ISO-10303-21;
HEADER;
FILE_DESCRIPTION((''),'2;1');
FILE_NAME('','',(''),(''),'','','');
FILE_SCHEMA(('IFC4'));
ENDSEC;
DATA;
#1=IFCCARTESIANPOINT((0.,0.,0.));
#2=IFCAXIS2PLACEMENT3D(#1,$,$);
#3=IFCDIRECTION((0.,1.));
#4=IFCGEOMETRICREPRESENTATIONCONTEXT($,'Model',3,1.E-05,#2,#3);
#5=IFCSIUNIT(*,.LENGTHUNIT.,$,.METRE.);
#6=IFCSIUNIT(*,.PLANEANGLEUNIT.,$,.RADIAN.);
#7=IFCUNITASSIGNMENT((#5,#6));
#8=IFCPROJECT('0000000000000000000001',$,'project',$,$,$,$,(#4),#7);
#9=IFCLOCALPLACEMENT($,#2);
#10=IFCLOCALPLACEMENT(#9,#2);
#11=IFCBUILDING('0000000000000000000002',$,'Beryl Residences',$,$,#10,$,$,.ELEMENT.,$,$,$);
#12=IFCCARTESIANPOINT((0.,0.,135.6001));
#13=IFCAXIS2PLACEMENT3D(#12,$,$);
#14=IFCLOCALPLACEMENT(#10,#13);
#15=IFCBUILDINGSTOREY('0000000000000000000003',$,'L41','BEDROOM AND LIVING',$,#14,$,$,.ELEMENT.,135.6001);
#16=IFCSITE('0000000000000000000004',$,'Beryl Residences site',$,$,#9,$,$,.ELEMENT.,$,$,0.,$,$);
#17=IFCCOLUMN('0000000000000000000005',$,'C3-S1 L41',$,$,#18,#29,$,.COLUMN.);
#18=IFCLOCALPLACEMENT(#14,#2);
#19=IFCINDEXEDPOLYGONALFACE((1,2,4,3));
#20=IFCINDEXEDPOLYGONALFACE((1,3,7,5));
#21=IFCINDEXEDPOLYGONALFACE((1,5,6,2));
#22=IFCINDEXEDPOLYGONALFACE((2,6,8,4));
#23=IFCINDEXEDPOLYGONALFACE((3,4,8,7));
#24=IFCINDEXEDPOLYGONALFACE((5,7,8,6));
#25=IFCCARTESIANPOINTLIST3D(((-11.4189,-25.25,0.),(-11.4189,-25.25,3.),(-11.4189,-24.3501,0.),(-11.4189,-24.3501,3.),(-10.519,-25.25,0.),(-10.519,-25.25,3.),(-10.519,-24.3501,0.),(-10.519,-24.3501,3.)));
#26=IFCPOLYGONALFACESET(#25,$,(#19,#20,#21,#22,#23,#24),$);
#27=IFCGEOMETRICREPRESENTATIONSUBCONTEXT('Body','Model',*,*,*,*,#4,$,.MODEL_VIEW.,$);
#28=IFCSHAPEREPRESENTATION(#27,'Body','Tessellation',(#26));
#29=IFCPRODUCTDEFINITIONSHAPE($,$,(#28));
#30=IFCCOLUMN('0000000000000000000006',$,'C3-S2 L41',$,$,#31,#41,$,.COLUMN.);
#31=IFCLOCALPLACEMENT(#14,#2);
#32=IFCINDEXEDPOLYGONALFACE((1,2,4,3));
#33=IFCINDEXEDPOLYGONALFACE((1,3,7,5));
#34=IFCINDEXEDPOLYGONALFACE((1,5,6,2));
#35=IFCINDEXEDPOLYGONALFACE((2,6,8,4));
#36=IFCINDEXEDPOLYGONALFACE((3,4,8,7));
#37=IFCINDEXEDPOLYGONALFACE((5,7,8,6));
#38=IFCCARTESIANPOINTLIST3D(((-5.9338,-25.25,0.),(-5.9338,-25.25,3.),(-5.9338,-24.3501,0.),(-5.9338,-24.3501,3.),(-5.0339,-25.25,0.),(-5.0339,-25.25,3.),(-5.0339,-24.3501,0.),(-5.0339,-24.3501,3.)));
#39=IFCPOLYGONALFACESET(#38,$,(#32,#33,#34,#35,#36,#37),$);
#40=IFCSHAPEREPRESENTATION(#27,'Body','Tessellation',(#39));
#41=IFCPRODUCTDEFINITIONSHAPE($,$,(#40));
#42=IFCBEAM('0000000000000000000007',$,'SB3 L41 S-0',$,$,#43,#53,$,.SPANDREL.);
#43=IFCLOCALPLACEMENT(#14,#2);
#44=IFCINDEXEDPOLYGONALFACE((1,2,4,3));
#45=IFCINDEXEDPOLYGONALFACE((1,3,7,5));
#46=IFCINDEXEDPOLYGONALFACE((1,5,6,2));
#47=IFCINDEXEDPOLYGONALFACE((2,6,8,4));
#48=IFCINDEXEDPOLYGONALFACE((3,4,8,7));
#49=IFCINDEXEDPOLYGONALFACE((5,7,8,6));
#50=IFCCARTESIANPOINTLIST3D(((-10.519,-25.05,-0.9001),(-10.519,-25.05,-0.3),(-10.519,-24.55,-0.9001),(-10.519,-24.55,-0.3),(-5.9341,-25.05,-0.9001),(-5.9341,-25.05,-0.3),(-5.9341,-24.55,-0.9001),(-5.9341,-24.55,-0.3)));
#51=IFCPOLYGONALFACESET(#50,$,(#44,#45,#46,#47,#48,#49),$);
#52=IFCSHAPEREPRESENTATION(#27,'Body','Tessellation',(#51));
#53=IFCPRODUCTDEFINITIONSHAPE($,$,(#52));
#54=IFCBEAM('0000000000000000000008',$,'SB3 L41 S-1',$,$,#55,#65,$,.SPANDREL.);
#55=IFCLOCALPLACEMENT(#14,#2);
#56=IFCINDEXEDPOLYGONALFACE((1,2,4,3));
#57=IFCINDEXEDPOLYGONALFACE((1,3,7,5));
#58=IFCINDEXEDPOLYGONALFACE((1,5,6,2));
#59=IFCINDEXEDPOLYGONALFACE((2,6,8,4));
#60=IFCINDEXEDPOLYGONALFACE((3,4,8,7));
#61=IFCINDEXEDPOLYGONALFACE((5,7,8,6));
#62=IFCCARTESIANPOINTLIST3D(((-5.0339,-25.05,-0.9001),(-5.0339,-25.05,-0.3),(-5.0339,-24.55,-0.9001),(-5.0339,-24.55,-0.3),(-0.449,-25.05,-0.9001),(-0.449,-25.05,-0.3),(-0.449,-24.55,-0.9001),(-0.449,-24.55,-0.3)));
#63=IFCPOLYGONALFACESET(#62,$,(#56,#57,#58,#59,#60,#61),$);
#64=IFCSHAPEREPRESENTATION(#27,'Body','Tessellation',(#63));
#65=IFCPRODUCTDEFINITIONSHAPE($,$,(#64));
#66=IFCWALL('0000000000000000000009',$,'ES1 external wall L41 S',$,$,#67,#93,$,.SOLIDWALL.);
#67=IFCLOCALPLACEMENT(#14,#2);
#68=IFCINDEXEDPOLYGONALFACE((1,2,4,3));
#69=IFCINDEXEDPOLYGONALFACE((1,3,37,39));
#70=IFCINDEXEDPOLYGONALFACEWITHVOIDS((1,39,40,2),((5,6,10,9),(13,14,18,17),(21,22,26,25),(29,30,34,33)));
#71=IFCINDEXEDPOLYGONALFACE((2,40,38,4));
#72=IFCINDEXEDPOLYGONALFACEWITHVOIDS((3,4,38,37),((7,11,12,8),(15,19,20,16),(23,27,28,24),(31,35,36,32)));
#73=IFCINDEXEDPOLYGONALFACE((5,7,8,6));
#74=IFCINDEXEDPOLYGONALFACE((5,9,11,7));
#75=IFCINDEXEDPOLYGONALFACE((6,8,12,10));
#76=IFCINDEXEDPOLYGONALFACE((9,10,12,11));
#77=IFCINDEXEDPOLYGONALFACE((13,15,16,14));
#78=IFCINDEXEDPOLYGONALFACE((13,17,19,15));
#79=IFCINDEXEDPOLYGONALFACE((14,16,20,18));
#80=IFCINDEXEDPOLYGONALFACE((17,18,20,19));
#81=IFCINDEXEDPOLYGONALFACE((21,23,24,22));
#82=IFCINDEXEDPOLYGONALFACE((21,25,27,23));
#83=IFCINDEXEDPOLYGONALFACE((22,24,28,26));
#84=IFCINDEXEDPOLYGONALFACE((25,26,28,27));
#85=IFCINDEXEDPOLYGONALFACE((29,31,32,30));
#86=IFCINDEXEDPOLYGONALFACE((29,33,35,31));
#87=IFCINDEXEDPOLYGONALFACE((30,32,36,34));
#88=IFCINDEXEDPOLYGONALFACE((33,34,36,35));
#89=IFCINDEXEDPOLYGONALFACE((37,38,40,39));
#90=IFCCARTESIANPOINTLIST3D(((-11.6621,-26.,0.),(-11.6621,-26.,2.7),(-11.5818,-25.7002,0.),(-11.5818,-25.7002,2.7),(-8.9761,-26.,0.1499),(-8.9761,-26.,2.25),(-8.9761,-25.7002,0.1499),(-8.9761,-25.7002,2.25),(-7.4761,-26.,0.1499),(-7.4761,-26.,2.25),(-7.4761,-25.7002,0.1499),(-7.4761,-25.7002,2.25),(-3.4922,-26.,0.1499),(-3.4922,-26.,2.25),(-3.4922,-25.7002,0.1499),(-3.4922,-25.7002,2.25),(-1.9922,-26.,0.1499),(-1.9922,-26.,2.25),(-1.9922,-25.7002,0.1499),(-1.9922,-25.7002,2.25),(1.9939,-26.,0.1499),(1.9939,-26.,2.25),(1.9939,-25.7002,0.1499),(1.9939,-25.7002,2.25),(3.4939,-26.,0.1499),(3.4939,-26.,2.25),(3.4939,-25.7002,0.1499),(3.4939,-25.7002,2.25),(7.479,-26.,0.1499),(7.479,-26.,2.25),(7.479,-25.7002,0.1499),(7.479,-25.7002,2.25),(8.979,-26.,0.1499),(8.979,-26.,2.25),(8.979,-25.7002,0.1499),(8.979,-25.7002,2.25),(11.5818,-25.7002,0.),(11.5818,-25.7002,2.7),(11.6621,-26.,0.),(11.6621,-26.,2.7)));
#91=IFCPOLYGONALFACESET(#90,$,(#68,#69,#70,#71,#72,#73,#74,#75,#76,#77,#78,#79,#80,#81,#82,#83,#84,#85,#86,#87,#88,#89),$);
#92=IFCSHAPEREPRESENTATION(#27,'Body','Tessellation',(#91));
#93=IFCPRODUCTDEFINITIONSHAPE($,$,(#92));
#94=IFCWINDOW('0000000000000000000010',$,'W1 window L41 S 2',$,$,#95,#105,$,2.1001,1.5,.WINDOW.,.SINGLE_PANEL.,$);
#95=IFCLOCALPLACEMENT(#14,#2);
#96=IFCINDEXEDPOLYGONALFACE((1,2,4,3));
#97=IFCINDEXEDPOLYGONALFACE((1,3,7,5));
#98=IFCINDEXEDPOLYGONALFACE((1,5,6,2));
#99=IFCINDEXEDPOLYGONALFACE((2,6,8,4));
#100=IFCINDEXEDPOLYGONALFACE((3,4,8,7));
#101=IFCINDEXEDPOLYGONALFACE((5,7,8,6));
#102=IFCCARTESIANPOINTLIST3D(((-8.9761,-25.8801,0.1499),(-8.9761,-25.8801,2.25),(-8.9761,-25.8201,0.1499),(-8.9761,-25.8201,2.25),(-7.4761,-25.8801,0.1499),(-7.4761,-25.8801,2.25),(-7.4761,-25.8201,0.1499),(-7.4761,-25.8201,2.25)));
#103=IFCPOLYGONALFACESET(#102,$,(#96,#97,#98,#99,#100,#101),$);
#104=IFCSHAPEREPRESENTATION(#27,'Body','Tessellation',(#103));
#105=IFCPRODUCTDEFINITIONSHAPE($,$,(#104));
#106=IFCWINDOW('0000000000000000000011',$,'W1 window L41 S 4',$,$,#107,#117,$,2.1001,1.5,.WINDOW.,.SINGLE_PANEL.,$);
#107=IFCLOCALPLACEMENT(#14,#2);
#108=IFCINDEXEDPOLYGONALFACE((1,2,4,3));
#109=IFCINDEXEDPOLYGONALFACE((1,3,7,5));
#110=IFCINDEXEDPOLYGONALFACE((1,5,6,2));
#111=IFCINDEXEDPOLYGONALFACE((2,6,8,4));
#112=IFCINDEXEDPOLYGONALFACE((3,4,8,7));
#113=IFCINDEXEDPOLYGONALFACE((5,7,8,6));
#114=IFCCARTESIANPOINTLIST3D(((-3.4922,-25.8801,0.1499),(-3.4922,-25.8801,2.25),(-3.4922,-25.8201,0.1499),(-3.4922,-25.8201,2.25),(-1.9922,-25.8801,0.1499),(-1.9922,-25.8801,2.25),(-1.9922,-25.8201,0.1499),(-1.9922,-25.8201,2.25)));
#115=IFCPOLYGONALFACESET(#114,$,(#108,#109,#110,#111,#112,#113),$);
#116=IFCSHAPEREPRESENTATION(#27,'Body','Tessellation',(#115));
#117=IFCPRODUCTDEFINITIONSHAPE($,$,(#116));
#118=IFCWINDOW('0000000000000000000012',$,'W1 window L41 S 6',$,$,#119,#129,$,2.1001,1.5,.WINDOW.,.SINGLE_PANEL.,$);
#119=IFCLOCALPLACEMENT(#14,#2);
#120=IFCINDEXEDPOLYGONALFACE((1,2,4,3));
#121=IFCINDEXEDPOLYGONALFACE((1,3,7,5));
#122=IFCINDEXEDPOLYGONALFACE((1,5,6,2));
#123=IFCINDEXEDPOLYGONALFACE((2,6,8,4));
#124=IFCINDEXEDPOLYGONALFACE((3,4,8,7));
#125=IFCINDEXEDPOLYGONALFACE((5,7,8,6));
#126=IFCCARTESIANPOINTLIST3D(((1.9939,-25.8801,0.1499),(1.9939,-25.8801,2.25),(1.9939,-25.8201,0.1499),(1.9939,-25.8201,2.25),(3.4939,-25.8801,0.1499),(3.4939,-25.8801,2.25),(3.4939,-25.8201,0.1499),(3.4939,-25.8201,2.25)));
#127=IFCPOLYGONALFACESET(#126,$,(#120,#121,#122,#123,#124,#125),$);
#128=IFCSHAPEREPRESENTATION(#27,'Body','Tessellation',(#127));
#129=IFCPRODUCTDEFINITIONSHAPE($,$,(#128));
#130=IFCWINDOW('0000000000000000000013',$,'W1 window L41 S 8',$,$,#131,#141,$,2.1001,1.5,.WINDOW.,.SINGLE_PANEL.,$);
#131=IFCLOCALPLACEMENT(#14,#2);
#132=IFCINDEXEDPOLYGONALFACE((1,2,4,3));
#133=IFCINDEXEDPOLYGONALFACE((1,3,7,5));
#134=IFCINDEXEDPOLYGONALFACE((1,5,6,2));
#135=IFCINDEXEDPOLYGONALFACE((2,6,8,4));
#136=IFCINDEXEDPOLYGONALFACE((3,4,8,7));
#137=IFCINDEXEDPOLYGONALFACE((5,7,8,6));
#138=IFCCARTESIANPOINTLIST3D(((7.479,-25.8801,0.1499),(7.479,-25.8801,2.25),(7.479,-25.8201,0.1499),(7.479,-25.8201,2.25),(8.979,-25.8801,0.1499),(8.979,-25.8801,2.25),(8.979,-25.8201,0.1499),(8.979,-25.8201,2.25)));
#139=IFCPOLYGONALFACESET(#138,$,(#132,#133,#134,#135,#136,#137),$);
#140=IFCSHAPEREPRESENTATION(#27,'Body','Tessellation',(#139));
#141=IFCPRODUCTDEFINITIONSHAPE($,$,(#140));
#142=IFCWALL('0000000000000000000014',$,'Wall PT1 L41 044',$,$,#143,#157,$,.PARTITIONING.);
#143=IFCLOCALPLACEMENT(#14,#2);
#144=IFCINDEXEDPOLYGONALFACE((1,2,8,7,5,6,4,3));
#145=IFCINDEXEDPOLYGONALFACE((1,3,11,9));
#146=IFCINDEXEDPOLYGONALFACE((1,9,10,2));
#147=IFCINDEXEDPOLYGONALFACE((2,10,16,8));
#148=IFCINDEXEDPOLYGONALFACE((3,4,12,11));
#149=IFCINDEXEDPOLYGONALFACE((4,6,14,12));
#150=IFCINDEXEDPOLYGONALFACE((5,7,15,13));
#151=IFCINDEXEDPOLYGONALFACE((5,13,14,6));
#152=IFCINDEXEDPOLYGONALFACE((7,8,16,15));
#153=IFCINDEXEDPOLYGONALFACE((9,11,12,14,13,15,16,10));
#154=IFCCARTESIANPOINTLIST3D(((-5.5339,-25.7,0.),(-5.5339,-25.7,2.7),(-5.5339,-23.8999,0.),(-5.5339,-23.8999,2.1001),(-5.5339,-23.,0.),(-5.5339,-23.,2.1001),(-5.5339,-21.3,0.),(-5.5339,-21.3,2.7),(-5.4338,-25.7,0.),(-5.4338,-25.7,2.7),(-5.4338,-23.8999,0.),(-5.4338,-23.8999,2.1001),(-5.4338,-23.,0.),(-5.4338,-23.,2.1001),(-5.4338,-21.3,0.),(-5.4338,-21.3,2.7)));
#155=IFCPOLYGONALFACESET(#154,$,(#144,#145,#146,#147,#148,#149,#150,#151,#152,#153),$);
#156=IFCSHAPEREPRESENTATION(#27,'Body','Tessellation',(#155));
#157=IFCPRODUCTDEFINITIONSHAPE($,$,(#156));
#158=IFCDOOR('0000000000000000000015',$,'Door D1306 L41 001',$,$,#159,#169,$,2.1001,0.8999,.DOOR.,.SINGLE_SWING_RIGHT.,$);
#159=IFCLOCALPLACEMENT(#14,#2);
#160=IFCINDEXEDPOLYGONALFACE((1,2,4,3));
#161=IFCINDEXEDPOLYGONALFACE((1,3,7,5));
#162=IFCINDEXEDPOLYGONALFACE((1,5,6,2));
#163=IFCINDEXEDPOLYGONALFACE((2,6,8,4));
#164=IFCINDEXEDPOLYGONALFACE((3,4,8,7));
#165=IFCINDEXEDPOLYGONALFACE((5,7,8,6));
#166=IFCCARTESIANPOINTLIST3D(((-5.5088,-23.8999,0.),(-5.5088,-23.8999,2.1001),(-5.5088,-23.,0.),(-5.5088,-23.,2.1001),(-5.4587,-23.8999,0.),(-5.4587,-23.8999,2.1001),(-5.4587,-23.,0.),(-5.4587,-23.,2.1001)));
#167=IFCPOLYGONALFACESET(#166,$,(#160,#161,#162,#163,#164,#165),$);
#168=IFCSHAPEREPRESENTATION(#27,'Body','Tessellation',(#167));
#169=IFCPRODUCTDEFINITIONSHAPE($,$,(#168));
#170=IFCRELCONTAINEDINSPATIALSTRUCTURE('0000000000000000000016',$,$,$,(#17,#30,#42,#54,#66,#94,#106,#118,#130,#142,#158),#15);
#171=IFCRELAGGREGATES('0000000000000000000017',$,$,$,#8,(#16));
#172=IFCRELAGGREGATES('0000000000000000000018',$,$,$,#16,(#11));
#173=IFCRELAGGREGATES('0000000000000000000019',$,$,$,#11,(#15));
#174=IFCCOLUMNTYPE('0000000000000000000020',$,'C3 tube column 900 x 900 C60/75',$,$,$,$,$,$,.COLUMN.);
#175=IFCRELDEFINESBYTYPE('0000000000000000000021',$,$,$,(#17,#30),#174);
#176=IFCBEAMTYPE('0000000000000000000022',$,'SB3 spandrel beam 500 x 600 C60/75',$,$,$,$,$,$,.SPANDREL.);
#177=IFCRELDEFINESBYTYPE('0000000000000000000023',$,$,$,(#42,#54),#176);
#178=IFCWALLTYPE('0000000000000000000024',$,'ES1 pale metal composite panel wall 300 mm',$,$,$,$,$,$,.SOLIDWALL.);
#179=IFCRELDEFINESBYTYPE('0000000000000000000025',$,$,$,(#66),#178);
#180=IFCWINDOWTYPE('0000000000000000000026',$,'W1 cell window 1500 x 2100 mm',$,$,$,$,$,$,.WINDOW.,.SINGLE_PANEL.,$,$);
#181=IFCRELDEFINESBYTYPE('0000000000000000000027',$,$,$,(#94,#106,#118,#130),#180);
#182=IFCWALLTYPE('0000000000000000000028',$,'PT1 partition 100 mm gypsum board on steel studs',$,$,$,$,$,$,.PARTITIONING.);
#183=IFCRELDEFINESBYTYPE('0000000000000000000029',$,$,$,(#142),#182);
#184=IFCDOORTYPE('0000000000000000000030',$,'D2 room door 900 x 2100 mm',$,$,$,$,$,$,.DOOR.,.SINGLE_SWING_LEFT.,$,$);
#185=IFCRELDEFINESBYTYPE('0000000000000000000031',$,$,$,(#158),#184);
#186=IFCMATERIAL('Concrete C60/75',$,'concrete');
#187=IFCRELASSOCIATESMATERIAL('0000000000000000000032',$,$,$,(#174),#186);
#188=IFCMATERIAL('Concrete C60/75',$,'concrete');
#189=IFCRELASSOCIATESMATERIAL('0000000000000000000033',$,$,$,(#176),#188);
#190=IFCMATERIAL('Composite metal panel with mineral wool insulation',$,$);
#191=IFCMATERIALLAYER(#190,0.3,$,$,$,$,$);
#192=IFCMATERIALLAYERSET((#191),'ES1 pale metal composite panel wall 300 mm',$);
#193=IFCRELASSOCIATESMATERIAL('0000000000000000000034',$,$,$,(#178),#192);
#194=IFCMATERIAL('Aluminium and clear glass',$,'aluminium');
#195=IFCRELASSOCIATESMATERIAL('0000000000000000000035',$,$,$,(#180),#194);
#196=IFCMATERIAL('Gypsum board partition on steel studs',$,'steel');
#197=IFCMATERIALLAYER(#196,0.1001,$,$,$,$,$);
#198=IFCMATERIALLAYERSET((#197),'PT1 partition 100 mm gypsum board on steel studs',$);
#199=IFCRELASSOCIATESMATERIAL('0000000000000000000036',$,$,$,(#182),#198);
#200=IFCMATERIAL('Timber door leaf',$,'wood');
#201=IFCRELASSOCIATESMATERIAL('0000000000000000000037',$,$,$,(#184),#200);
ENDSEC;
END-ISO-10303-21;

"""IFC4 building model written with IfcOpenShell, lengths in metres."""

from ifc_helpers import new_model, si_unit, direction, frame, frame_2d, origin, origin_2d, place, context, subcontext, project, spatial, polyline, rectangle, outline, extrude, material, layer, layer_set, material_profile, profile_set, type_object, element, fill, save


model = new_model("IFC4")

# Units and contexts
model_context = context("Model", 3, precision=1e-05, world=origin(), true_north=direction((0.0, 1.0)))
body_context = subcontext(model_context, "Body", "Model", "MODEL_VIEW")
ifc_project = project(units=[si_unit("LENGTHUNIT", "METRE"), si_unit("PLANEANGLEUNIT", "RADIAN")], contexts=[model_context])

# Site, building, storey
site_placement = place(None, origin())
site = spatial("IfcSite", under=ifc_project, at=site_placement, Name="Beryl Residences site", CompositionType="ELEMENT", RefElevation=0.0)
building_placement = place(site_placement, origin())
building = spatial("IfcBuilding", under=site, at=building_placement, Name="Beryl Residences", CompositionType="ELEMENT")
storey_placement = place(building_placement, frame((0.0, 0.0, 135.6001)))
storey = spatial("IfcBuildingStorey", under=building, at=storey_placement, Name="L41", Description="BEDROOM AND LIVING", CompositionType="ELEMENT", Elevation=135.6001)

# Columns
ifc_material_1 = material(Name="Concrete C60/75", Category="concrete")
ifc_material_profile_1 = material_profile(ifc_material_1, rectangle(XDim=0.8999, YDim=0.8999, at=origin_2d()))
ifc_profile_set_1 = profile_set([ifc_material_profile_1], Name="Concrete C60/75")
column_type = type_object("IfcColumnType", Name="C3 tube column 900 x 900 C60/75", PredefinedType="COLUMN", material=ifc_profile_set_1)
for number, where, z_axis, x_axis, name in (
    (1, (-10.969, -24.8, 0.0), (0.0, 0.0, 1.0), (1.0, 0.0, 0.0), "C3-S1 L41"),
    (2, (-5.4839, -24.8, 0.0), (0.0, 0.0, 1.0), (1.0, 0.0, 0.0), "C3-S2 L41"),
):
    element("IfcColumn", number, at=place(storey_placement, frame(where, z_axis=z_axis, x_axis=x_axis)), inside=storey, type_object=column_type, Name=name, PredefinedType="COLUMN", context=body_context, shape_type="SweptSolid", body=[
        extrude(rectangle(XDim=0.8999, YDim=0.8999, at=origin_2d()), origin(), (0.0, 0.0, 1.0), 3.0),
    ])

# Beams
ifc_material_2 = material(Name="Concrete C60/75", Category="concrete")
ifc_material_profile_2 = material_profile(ifc_material_2, rectangle(XDim=0.5, YDim=0.6001, at=origin_2d()))
ifc_profile_set_2 = profile_set([ifc_material_profile_2], Name="Concrete C60/75")
beam_type = type_object("IfcBeamType", Name="SB3 spandrel beam 500 x 600 C60/75", PredefinedType="SPANDREL", material=ifc_profile_set_2)
for number, where, z_axis, x_axis, name in (
    (3, (-10.519, -24.8, -0.6001), (1.0, 0.0, 0.0), (0.0, 1.0, 0.0), "SB3 L41 S-0"),
    (4, (-5.0339, -24.8, -0.6001), (1.0, 0.0, 0.0), (0.0, 1.0, 0.0), "SB3 L41 S-1"),
):
    element("IfcBeam", number, at=place(storey_placement, frame(where, z_axis=z_axis, x_axis=x_axis)), inside=storey, type_object=beam_type, Name=name, PredefinedType="SPANDREL", context=body_context, shape_type="SweptSolid", body=[
        extrude(rectangle(XDim=0.5, YDim=0.6001, at=origin_2d()), origin(), (0.0, 0.0, 1.0), 4.585),
    ])

# Wall, openings, windows
ifc_material_3 = material(Name="Composite metal panel with mineral wool insulation")
ifc_layer_1 = layer(ifc_material_3, 0.3)
ifc_layer_set_1 = layer_set([ifc_layer_1], Name="ES1 pale metal composite panel wall 300 mm")
wall_type_1 = type_object("IfcWallType", Name="ES1 pale metal composite panel wall 300 mm", PredefinedType="SOLIDWALL", material=ifc_layer_set_1)
wall_1_placement = place(storey_placement, frame((-11.6621, -25.8501, 0.0), z_axis=(0.0, 0.0, 1.0), x_axis=(1.0, 0.0, 0.0)))
wall_1 = element("IfcWall", 5, at=wall_1_placement, inside=storey, type_object=wall_type_1, Name="ES1 external wall L41 S", PredefinedType="SOLIDWALL", context=body_context, shape_type="SweptSolid", body=[
    extrude(outline(polyline([(0.0, -0.1499), (23.3242, -0.1499), (23.2439, 0.1499), (0.0803, 0.1499), (0.0, -0.1499)])), origin(), (0.0, 0.0, 1.0), 2.7),
])
opening_1_placement = place(wall_1_placement, frame((2.686, 0.0, 0.1499)))
opening_1 = element("IfcOpeningElement", 6, at=opening_1_placement, cuts=wall_1, PredefinedType="OPENING", context=body_context, shape_type="SweptSolid", body=[
    extrude(rectangle(XDim=1.5, YDim=2.1001, at=frame_2d((0.75, 1.05))), frame((0.0, 0.1599, 0.0), z_axis=(0.0, -1.0, 0.0), x_axis=(1.0, 0.0, 0.0)), (0.0, 0.0, 1.0), 0.3201),
])
opening_2_placement = place(wall_1_placement, frame((8.1699, 0.0, 0.1499)))
opening_2 = element("IfcOpeningElement", 7, at=opening_2_placement, cuts=wall_1, PredefinedType="OPENING", context=body_context, shape_type="SweptSolid", body=[
    extrude(rectangle(XDim=1.5, YDim=2.1001, at=frame_2d((0.75, 1.05))), frame((0.0, 0.1599, 0.0), z_axis=(0.0, -1.0, 0.0), x_axis=(1.0, 0.0, 0.0)), (0.0, 0.0, 1.0), 0.3201),
])
opening_3_placement = place(wall_1_placement, frame((13.656, 0.0, 0.1499)))
opening_3 = element("IfcOpeningElement", 8, at=opening_3_placement, cuts=wall_1, PredefinedType="OPENING", context=body_context, shape_type="SweptSolid", body=[
    extrude(rectangle(XDim=1.5, YDim=2.1001, at=frame_2d((0.75, 1.05))), frame((0.0, 0.1599, 0.0), z_axis=(0.0, -1.0, 0.0), x_axis=(1.0, 0.0, 0.0)), (0.0, 0.0, 1.0), 0.3201),
])
opening_4_placement = place(wall_1_placement, frame((19.1411, 0.0, 0.1499)))
opening_4 = element("IfcOpeningElement", 9, at=opening_4_placement, cuts=wall_1, PredefinedType="OPENING", context=body_context, shape_type="SweptSolid", body=[
    extrude(rectangle(XDim=1.5, YDim=2.1001, at=frame_2d((0.75, 1.05))), frame((0.0, 0.1599, 0.0), z_axis=(0.0, -1.0, 0.0), x_axis=(1.0, 0.0, 0.0)), (0.0, 0.0, 1.0), 0.3201),
])
ifc_material_4 = material(Name="Aluminium and clear glass", Category="aluminium")
window_type = type_object("IfcWindowType", Name="W1 cell window 1500 x 2100 mm", PartitioningType="SINGLE_PANEL", PredefinedType="WINDOW", material=ifc_material_4)
window_1_placement = place(opening_1_placement, origin())
window_1 = element("IfcWindow", 10, at=window_1_placement, inside=storey, type_object=window_type, Name="W1 window L41 S 2", OverallHeight=2.1001, OverallWidth=1.5, PartitioningType="SINGLE_PANEL", PredefinedType="WINDOW", context=body_context, shape_type="SweptSolid", body=[
    extrude(rectangle(XDim=1.5, YDim=2.1001, at=frame_2d((0.75, 1.05))), frame((0.0, 0.03, 0.0), z_axis=(0.0, -1.0, 0.0), x_axis=(1.0, 0.0, 0.0)), (0.0, 0.0, 1.0), 0.0601),
])
fill(opening_1, window_1)
window_2_placement = place(opening_2_placement, origin())
window_2 = element("IfcWindow", 11, at=window_2_placement, inside=storey, type_object=window_type, Name="W1 window L41 S 4", OverallHeight=2.1001, OverallWidth=1.5, PartitioningType="SINGLE_PANEL", PredefinedType="WINDOW", context=body_context, shape_type="SweptSolid", body=[
    extrude(rectangle(XDim=1.5, YDim=2.1001, at=frame_2d((0.75, 1.05))), frame((0.0, 0.03, 0.0), z_axis=(0.0, -1.0, 0.0), x_axis=(1.0, 0.0, 0.0)), (0.0, 0.0, 1.0), 0.0601),
])
fill(opening_2, window_2)
window_3_placement = place(opening_3_placement, origin())
window_3 = element("IfcWindow", 12, at=window_3_placement, inside=storey, type_object=window_type, Name="W1 window L41 S 6", OverallHeight=2.1001, OverallWidth=1.5, PartitioningType="SINGLE_PANEL", PredefinedType="WINDOW", context=body_context, shape_type="SweptSolid", body=[
    extrude(rectangle(XDim=1.5, YDim=2.1001, at=frame_2d((0.75, 1.05))), frame((0.0, 0.03, 0.0), z_axis=(0.0, -1.0, 0.0), x_axis=(1.0, 0.0, 0.0)), (0.0, 0.0, 1.0), 0.0601),
])
fill(opening_3, window_3)
window_4_placement = place(opening_4_placement, origin())
window_4 = element("IfcWindow", 13, at=window_4_placement, inside=storey, type_object=window_type, Name="W1 window L41 S 8", OverallHeight=2.1001, OverallWidth=1.5, PartitioningType="SINGLE_PANEL", PredefinedType="WINDOW", context=body_context, shape_type="SweptSolid", body=[
    extrude(rectangle(XDim=1.5, YDim=2.1001, at=frame_2d((0.75, 1.05))), frame((0.0, 0.03, 0.0), z_axis=(0.0, -1.0, 0.0), x_axis=(1.0, 0.0, 0.0)), (0.0, 0.0, 1.0), 0.0601),
])
fill(opening_4, window_4)

# Wall, opening, door
ifc_material_5 = material(Name="Gypsum board partition on steel studs", Category="steel")
ifc_layer_2 = layer(ifc_material_5, 0.1001)
ifc_layer_set_2 = layer_set([ifc_layer_2], Name="PT1 partition 100 mm gypsum board on steel studs")
wall_type_2 = type_object("IfcWallType", Name="PT1 partition 100 mm gypsum board on steel studs", PredefinedType="PARTITIONING", material=ifc_layer_set_2)
wall_2_placement = place(storey_placement, frame((-5.4839, -25.7, 0.0), z_axis=(0.0, 0.0, 1.0), x_axis=(0.0, 1.0, 0.0)))
wall_2 = element("IfcWall", 14, at=wall_2_placement, inside=storey, type_object=wall_type_2, Name="Wall PT1 L41 044", PredefinedType="PARTITIONING", context=body_context, shape_type="SweptSolid", body=[
    extrude(rectangle(XDim=4.3999, YDim=0.1001, at=frame_2d((2.2, 0.0))), origin(), (0.0, 0.0, 1.0), 2.7),
])
opening_5_placement = place(wall_2_placement, frame((1.8, 0.0, 0.0)))
opening_5 = element("IfcOpeningElement", 15, at=opening_5_placement, cuts=wall_2, PredefinedType="OPENING", context=body_context, shape_type="SweptSolid", body=[
    extrude(rectangle(XDim=0.8999, YDim=2.1001, at=frame_2d((0.45, 1.05))), frame((0.0, 0.0601, 0.0), z_axis=(0.0, -1.0, 0.0), x_axis=(1.0, 0.0, 0.0)), (0.0, 0.0, 1.0), 0.1201),
])
ifc_material_6 = material(Name="Timber door leaf", Category="wood")
door_type_1 = type_object("IfcDoorType", Name="D2 room door 900 x 2100 mm", OperationType="SINGLE_SWING_LEFT", PredefinedType="DOOR", material=ifc_material_6)
door_1_placement = place(opening_5_placement, origin())
door_1 = element("IfcDoor", 16, at=door_1_placement, inside=storey, type_object=door_type_1, Name="Door D1306 L41 001", OperationType="SINGLE_SWING_RIGHT", OverallHeight=2.1001, OverallWidth=0.8999, PredefinedType="DOOR", context=body_context, shape_type="SweptSolid", body=[
    extrude(rectangle(XDim=0.8999, YDim=2.1001, at=frame_2d((0.45, 1.05))), frame((0.0, 0.0249, 0.0), z_axis=(0.0, -1.0, 0.0), x_axis=(1.0, 0.0, 0.0)), (0.0, 0.0, 1.0), 0.05),
])
fill(opening_5, door_1)

save(model, "model.ifc")
